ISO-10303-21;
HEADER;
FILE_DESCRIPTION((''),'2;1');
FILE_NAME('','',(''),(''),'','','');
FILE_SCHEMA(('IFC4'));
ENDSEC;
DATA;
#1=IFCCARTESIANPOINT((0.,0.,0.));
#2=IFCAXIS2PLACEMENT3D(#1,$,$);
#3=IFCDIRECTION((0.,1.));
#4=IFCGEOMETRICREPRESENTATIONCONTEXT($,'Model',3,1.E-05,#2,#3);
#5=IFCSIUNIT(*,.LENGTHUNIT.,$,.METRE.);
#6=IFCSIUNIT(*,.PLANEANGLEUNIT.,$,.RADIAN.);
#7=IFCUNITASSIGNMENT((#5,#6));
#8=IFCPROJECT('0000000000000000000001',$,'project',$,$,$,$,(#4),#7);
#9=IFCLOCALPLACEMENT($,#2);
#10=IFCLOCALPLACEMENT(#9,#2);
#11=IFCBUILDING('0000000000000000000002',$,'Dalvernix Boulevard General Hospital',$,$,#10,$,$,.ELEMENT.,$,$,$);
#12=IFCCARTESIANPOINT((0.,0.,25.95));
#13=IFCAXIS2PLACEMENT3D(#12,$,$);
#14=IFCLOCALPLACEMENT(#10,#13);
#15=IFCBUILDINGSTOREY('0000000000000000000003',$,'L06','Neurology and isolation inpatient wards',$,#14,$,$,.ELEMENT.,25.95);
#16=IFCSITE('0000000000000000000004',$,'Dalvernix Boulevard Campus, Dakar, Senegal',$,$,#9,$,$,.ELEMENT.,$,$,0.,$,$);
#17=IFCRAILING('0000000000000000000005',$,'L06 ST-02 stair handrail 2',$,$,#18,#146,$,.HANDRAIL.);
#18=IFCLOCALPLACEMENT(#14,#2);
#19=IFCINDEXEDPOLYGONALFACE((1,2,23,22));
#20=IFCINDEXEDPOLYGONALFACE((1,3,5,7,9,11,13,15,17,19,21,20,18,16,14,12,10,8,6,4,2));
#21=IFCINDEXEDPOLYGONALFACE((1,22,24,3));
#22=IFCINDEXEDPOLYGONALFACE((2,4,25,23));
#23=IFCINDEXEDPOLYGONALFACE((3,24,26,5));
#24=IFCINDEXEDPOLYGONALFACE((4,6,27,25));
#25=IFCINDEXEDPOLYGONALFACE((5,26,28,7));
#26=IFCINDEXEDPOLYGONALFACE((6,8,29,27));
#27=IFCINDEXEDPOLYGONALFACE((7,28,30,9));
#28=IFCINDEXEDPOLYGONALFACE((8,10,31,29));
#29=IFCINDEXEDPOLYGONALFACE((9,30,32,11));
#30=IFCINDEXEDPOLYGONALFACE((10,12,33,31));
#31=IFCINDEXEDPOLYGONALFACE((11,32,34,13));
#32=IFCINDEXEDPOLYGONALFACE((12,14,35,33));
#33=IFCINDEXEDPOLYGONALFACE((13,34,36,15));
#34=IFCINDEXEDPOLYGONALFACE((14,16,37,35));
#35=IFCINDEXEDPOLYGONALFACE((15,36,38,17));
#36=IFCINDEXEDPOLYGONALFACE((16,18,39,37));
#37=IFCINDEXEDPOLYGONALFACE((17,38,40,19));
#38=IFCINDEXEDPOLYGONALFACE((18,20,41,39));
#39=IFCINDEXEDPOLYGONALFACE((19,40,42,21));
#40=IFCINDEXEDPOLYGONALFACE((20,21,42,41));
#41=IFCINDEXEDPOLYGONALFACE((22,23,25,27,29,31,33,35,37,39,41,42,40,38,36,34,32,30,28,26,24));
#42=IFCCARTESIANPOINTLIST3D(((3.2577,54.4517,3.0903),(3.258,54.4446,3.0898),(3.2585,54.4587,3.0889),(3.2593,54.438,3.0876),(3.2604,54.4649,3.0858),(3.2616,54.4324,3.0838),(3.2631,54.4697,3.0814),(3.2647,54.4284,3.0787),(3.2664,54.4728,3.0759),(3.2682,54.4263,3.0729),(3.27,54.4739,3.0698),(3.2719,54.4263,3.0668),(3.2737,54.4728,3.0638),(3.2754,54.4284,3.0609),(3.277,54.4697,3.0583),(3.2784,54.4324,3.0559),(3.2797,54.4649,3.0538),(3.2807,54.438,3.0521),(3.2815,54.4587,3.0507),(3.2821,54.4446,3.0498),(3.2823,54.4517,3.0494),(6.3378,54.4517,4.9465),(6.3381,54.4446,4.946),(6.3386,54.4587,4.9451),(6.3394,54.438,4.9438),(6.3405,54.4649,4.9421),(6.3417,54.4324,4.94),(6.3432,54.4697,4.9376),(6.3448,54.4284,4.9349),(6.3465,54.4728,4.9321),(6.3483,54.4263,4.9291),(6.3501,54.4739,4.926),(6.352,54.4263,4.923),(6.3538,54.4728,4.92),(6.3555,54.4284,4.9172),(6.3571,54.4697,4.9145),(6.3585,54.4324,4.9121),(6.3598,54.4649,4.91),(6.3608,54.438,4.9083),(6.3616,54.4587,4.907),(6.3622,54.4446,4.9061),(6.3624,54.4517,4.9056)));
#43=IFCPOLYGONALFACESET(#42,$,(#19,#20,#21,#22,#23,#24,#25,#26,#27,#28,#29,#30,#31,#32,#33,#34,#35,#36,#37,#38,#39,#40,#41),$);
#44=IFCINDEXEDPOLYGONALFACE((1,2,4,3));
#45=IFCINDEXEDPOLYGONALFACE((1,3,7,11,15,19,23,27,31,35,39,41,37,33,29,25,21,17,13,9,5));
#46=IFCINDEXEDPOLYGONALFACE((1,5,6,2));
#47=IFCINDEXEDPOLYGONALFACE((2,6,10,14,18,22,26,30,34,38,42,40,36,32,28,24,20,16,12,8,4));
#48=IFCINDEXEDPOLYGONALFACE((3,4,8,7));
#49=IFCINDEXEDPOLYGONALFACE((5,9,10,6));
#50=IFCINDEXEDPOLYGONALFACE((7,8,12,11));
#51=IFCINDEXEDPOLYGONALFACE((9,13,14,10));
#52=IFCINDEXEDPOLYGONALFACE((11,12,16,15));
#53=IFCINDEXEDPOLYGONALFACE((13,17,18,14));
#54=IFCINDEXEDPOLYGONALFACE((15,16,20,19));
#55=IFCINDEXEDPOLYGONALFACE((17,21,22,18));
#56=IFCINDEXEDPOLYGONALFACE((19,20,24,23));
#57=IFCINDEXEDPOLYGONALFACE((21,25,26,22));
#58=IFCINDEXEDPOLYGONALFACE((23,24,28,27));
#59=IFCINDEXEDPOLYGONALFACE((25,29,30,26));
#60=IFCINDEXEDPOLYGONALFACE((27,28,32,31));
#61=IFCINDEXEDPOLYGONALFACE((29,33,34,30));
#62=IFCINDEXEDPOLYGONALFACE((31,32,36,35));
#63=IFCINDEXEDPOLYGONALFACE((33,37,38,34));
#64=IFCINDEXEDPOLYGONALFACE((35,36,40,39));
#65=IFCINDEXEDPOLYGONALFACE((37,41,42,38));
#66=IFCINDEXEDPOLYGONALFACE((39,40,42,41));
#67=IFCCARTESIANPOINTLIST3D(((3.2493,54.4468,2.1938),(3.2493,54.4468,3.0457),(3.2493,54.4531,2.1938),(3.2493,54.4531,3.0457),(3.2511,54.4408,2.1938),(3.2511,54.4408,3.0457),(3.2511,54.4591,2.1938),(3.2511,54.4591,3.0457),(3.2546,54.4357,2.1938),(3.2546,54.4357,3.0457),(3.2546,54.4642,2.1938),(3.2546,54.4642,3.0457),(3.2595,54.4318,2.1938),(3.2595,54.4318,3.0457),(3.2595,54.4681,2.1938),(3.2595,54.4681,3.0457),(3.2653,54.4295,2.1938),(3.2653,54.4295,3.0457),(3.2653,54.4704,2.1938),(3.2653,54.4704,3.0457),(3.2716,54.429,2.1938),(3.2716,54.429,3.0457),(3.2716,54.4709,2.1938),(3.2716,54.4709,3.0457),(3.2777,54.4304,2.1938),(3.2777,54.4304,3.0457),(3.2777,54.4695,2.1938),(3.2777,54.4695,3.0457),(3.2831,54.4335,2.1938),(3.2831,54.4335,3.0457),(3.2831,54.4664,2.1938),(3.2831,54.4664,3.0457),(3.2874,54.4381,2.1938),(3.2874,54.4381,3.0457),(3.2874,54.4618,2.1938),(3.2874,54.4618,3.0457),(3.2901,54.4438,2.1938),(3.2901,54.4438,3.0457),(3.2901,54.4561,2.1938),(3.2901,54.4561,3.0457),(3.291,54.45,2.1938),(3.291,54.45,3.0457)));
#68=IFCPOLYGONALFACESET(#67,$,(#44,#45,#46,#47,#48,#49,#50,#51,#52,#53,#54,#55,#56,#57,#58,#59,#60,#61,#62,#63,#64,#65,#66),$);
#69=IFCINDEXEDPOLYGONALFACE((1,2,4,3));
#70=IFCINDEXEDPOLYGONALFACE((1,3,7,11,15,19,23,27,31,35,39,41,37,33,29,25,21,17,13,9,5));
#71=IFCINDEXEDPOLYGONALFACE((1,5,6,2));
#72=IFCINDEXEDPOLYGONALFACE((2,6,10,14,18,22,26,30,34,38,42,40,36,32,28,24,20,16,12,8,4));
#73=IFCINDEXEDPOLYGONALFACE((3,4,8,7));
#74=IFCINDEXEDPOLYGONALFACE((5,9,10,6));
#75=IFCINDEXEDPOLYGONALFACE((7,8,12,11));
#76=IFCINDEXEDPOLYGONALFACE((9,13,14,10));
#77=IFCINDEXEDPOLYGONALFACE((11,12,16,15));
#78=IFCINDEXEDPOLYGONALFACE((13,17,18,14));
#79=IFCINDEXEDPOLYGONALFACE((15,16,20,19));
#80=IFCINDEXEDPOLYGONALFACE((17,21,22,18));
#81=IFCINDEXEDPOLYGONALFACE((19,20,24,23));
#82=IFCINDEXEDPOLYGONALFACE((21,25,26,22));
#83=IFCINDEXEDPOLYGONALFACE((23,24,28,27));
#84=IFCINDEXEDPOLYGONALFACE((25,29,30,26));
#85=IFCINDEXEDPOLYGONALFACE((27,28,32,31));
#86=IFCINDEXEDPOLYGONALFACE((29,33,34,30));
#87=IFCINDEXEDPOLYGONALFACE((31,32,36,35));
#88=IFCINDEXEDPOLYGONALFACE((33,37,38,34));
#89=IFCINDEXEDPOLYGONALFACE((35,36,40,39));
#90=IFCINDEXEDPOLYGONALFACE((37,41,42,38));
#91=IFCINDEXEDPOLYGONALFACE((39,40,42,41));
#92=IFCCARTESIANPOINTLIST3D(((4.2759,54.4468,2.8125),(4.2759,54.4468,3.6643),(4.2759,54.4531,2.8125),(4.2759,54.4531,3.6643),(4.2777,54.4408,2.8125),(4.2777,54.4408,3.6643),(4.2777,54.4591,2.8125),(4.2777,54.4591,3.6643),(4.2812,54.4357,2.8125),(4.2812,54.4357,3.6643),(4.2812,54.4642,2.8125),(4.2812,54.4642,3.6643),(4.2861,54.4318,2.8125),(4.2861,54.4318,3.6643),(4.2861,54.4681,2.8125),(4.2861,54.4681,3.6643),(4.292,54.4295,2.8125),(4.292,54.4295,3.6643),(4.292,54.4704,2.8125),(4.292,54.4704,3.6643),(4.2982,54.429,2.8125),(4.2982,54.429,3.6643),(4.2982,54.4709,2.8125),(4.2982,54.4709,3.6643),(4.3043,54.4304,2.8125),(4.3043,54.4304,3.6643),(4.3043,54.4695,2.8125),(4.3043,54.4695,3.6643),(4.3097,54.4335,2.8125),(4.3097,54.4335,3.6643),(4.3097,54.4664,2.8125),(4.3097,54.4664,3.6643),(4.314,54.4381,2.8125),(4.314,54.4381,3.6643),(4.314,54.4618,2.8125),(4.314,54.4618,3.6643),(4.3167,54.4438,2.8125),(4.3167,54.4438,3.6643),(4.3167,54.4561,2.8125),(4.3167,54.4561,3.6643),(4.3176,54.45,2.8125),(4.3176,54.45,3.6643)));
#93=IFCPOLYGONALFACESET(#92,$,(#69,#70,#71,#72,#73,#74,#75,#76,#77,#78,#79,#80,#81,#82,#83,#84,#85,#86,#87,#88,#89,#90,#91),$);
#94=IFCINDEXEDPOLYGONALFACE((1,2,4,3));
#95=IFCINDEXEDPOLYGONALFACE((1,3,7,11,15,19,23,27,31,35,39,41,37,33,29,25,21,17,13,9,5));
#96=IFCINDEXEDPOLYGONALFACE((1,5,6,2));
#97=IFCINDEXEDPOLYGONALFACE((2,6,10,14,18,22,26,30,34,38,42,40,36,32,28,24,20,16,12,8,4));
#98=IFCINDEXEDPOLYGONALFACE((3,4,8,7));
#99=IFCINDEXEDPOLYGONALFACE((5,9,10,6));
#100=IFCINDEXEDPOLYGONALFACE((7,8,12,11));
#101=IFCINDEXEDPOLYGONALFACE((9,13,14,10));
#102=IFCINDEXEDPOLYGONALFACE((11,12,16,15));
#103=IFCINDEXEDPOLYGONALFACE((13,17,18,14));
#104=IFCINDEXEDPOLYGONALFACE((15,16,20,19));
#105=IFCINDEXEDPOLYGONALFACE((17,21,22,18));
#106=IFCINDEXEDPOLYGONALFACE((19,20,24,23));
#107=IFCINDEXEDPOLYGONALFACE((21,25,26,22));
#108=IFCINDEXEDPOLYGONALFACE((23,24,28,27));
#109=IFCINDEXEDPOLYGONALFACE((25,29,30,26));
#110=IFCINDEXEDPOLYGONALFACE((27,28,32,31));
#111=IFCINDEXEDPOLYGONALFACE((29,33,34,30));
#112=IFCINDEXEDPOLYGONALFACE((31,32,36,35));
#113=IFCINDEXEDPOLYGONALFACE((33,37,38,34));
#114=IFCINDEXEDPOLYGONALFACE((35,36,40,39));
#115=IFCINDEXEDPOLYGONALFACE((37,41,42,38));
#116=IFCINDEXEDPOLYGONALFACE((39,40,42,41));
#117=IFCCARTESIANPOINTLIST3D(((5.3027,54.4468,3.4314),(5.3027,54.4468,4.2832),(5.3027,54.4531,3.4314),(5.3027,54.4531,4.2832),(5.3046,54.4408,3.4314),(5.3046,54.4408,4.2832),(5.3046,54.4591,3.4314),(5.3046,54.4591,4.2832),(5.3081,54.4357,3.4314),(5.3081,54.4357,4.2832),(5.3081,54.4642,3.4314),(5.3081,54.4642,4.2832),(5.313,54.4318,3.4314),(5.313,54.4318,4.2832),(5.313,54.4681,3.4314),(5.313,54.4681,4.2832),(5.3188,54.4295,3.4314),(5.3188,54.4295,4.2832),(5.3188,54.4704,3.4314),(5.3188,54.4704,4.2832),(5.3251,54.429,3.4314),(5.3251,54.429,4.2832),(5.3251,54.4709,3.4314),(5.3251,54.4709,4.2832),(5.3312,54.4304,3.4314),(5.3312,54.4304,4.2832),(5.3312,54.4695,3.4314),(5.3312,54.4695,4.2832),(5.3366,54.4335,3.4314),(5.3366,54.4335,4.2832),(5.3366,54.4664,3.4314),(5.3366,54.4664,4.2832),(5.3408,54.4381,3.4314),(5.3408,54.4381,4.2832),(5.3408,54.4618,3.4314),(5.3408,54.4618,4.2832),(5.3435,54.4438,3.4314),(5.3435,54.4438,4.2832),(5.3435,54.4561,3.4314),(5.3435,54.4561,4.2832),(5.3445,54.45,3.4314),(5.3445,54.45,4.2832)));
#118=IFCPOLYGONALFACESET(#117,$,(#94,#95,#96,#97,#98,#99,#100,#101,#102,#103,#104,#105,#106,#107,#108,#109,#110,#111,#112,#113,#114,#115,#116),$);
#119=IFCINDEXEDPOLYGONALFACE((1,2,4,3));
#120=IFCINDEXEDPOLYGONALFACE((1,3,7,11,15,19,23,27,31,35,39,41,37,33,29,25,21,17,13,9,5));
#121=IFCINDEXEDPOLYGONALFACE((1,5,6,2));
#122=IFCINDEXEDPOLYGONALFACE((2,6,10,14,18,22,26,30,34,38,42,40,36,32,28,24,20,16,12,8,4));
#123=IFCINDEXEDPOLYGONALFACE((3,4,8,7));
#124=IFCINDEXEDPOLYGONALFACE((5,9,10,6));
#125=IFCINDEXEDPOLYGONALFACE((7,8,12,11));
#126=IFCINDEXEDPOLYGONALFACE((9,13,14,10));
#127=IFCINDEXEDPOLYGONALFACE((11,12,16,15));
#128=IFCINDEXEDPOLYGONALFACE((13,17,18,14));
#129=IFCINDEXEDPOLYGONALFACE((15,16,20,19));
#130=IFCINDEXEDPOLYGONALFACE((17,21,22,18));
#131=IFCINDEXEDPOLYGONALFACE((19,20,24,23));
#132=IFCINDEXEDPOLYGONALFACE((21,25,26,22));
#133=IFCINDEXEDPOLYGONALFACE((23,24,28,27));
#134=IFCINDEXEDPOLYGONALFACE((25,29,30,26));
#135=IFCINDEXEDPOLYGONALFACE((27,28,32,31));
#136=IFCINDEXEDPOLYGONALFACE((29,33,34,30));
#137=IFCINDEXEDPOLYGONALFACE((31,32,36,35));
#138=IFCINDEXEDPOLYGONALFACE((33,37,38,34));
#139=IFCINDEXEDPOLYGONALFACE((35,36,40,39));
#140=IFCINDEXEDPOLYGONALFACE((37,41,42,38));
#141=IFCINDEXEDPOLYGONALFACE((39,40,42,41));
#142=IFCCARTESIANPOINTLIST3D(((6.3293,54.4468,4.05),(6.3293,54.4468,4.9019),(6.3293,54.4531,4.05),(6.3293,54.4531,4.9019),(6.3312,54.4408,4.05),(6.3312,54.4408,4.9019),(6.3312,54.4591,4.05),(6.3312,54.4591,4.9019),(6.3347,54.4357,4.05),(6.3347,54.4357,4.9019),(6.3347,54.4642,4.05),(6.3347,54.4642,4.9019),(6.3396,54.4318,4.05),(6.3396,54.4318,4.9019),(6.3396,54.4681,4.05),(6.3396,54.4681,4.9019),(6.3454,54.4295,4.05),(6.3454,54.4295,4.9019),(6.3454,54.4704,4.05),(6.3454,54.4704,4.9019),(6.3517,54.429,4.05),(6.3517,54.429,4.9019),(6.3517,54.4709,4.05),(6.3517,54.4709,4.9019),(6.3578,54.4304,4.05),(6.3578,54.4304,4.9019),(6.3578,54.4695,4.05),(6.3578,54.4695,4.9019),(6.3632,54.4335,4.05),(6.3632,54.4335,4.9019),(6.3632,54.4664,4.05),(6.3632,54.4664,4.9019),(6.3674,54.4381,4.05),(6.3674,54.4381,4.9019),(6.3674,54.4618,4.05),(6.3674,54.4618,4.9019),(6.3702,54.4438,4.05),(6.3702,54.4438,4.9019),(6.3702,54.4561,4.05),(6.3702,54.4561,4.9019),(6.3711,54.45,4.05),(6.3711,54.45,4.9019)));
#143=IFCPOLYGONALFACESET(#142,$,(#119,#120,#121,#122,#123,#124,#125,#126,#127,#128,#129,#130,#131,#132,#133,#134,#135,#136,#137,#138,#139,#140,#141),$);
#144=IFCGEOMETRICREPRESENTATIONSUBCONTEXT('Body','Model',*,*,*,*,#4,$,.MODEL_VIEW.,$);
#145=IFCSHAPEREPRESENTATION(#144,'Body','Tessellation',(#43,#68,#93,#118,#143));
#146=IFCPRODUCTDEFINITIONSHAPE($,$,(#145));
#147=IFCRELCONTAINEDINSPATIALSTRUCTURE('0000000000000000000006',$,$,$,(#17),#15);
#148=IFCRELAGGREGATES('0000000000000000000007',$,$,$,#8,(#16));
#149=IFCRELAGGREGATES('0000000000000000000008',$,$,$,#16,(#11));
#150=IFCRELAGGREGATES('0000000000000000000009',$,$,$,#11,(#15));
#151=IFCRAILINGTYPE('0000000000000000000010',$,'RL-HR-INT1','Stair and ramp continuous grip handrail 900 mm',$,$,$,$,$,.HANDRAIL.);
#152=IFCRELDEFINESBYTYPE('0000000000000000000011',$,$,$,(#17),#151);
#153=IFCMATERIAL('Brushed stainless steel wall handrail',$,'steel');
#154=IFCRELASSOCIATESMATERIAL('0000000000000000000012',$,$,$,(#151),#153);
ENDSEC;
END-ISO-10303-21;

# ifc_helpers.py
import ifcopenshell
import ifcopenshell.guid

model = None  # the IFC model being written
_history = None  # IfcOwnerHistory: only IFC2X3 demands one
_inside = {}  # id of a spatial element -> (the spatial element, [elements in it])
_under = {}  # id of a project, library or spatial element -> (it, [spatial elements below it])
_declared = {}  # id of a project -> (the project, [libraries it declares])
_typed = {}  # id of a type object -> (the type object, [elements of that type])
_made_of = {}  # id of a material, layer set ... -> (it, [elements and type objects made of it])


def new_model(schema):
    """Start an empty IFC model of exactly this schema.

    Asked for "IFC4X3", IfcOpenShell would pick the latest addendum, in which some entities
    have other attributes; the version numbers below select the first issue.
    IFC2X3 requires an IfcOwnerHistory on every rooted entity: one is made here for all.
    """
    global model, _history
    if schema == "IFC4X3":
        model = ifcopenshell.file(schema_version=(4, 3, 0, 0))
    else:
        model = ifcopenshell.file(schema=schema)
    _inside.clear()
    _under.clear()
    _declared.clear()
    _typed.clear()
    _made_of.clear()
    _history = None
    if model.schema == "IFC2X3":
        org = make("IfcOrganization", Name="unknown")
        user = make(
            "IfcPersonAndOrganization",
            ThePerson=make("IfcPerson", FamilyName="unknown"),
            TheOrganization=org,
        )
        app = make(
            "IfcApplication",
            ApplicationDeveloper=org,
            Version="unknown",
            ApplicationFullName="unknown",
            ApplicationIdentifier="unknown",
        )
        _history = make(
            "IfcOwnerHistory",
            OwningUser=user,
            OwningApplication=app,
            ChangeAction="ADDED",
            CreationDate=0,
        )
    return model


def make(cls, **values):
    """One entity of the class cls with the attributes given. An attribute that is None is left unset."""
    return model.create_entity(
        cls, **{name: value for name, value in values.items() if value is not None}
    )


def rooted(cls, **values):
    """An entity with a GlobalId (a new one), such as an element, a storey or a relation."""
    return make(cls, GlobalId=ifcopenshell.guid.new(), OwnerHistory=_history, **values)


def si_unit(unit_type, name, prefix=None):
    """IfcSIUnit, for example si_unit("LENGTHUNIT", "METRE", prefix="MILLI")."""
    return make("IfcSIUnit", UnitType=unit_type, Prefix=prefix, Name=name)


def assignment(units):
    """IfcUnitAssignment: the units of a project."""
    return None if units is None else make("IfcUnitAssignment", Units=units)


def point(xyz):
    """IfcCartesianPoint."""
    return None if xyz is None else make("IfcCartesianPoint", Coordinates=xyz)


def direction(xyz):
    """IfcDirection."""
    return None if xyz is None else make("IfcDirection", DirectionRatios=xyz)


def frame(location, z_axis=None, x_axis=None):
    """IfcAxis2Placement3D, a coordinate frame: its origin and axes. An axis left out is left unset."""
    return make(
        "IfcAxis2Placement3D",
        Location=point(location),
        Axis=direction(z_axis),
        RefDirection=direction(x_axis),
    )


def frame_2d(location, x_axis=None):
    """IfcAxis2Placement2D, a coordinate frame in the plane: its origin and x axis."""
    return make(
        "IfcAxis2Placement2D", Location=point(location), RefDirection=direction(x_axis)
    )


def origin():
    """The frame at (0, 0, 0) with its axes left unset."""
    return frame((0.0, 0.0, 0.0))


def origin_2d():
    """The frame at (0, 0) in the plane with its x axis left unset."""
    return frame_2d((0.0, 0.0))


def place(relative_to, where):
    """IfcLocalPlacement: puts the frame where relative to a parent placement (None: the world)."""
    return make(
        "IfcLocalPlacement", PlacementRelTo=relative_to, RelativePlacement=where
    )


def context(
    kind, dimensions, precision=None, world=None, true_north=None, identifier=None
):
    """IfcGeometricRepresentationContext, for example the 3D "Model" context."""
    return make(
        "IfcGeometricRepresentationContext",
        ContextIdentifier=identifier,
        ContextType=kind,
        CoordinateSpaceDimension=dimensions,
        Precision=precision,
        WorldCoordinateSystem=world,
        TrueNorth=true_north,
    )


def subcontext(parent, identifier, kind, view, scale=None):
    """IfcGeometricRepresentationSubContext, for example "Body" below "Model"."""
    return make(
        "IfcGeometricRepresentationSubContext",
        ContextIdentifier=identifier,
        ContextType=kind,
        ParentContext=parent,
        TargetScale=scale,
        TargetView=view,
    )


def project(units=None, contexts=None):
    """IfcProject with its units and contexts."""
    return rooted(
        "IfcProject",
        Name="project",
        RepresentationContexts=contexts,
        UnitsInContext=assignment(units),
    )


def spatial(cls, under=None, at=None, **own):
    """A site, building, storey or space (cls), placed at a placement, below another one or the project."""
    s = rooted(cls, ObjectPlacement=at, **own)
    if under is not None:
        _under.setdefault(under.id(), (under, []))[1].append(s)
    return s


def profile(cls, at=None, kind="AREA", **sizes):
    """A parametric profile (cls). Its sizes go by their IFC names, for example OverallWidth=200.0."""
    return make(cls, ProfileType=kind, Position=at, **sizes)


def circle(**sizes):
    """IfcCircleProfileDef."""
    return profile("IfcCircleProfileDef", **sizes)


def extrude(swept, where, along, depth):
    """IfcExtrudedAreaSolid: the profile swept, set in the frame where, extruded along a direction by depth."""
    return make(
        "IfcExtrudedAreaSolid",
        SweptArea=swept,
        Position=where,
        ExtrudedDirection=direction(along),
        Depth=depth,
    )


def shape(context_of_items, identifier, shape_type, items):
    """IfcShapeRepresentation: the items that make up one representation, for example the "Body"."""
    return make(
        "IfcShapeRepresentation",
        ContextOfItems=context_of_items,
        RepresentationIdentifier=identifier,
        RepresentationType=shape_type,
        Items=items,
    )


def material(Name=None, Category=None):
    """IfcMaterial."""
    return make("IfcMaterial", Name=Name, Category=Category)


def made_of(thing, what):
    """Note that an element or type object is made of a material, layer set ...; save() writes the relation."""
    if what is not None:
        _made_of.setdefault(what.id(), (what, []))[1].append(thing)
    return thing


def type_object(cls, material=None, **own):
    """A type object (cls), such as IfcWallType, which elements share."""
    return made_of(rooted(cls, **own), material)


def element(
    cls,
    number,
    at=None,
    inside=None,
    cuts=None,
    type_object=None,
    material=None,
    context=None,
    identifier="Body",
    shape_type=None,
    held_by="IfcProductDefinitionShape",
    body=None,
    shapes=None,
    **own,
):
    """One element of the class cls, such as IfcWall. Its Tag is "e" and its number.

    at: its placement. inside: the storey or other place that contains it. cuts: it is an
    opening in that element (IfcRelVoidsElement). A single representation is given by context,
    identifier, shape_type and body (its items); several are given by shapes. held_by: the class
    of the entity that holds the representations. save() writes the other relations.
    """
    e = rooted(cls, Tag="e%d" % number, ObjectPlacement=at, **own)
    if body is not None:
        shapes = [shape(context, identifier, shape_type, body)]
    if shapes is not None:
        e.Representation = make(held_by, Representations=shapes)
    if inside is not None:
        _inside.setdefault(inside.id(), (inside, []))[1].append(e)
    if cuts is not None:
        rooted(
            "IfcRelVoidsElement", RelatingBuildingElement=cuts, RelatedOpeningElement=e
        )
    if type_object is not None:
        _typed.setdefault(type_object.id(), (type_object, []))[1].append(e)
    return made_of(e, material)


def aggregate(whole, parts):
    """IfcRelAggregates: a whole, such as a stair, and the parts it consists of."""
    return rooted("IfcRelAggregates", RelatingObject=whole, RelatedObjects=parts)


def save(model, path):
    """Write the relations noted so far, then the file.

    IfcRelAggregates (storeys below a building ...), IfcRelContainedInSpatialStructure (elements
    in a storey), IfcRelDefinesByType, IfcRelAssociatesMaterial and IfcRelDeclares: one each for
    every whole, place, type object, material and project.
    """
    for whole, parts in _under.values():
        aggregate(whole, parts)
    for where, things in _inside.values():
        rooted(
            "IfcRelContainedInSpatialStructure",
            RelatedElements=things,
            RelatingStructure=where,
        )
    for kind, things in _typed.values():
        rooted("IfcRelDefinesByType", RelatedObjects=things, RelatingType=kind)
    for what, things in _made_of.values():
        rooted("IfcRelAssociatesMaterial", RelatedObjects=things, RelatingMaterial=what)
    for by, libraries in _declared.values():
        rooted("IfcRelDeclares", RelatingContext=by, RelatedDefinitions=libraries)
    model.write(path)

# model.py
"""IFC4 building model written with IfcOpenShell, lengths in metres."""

from ifc_helpers import new_model, si_unit, direction, frame, origin, origin_2d, place, context, subcontext, project, spatial, circle, extrude, material, type_object, element, save


model = new_model("IFC4")

# Units and contexts
model_context = context("Model", 3, precision=1e-05, world=origin(), true_north=direction((0.0, 1.0)))
body_context = subcontext(model_context, "Body", "Model", "MODEL_VIEW")
ifc_project = project(units=[si_unit("LENGTHUNIT", "METRE"), si_unit("PLANEANGLEUNIT", "RADIAN")], contexts=[model_context])

# Site, building, storey
site_placement = place(None, origin())
site = spatial("IfcSite", under=ifc_project, at=site_placement, Name="Dalvernix Boulevard Campus, Dakar, Senegal", CompositionType="ELEMENT", RefElevation=0.0)
building_placement = place(site_placement, origin())
building = spatial("IfcBuilding", under=site, at=building_placement, Name="Dalvernix Boulevard General Hospital", CompositionType="ELEMENT")
storey_placement = place(building_placement, frame((0.0, 0.0, 25.95)))
storey = spatial("IfcBuildingStorey", under=building, at=storey_placement, Name="L06", Description="Neurology and isolation inpatient wards", CompositionType="ELEMENT", Elevation=25.95)

# Railing
ifc_material_1 = material(Name="Brushed stainless steel wall handrail", Category="steel")
railing_type_1 = type_object("IfcRailingType", Name="RL-HR-INT1", Description="Stair and ramp continuous grip handrail 900 mm", PredefinedType="HANDRAIL", material=ifc_material_1)
railing_1_placement = place(storey_placement, frame((3.27, 54.45, 2.1938)))
element("IfcRailing", 1, at=railing_1_placement, inside=storey, type_object=railing_type_1, Name="L06 ST-02 stair handrail 2", PredefinedType="HANDRAIL", context=body_context, shape_type="SweptSolid", body=[
    extrude(circle(Radius=0.0239, at=origin_2d()), frame((0.0, 0.0, 0.876), z_axis=(0.856491, 0.0, 0.516162), x_axis=(0.0, 1.0, 0.0)), (0.0, 0.0, 1.0), 3.5962),
    extrude(circle(Radius=0.021, at=origin_2d()), origin(), (0.0, 0.0, 1.0), 0.8518),
    extrude(circle(Radius=0.021, at=origin_2d()), frame((1.0266, 0.0, 0.6187)), (0.0, 0.0, 1.0), 0.8518),
    extrude(circle(Radius=0.021, at=origin_2d()), frame((2.0535, 0.0, 1.2375)), (0.0, 0.0, 1.0), 0.8518),
    extrude(circle(Radius=0.021, at=origin_2d()), frame((3.0801, 0.0, 1.8562)), (0.0, 0.0, 1.0), 0.8518),
])

save(model, "model.ifc")
